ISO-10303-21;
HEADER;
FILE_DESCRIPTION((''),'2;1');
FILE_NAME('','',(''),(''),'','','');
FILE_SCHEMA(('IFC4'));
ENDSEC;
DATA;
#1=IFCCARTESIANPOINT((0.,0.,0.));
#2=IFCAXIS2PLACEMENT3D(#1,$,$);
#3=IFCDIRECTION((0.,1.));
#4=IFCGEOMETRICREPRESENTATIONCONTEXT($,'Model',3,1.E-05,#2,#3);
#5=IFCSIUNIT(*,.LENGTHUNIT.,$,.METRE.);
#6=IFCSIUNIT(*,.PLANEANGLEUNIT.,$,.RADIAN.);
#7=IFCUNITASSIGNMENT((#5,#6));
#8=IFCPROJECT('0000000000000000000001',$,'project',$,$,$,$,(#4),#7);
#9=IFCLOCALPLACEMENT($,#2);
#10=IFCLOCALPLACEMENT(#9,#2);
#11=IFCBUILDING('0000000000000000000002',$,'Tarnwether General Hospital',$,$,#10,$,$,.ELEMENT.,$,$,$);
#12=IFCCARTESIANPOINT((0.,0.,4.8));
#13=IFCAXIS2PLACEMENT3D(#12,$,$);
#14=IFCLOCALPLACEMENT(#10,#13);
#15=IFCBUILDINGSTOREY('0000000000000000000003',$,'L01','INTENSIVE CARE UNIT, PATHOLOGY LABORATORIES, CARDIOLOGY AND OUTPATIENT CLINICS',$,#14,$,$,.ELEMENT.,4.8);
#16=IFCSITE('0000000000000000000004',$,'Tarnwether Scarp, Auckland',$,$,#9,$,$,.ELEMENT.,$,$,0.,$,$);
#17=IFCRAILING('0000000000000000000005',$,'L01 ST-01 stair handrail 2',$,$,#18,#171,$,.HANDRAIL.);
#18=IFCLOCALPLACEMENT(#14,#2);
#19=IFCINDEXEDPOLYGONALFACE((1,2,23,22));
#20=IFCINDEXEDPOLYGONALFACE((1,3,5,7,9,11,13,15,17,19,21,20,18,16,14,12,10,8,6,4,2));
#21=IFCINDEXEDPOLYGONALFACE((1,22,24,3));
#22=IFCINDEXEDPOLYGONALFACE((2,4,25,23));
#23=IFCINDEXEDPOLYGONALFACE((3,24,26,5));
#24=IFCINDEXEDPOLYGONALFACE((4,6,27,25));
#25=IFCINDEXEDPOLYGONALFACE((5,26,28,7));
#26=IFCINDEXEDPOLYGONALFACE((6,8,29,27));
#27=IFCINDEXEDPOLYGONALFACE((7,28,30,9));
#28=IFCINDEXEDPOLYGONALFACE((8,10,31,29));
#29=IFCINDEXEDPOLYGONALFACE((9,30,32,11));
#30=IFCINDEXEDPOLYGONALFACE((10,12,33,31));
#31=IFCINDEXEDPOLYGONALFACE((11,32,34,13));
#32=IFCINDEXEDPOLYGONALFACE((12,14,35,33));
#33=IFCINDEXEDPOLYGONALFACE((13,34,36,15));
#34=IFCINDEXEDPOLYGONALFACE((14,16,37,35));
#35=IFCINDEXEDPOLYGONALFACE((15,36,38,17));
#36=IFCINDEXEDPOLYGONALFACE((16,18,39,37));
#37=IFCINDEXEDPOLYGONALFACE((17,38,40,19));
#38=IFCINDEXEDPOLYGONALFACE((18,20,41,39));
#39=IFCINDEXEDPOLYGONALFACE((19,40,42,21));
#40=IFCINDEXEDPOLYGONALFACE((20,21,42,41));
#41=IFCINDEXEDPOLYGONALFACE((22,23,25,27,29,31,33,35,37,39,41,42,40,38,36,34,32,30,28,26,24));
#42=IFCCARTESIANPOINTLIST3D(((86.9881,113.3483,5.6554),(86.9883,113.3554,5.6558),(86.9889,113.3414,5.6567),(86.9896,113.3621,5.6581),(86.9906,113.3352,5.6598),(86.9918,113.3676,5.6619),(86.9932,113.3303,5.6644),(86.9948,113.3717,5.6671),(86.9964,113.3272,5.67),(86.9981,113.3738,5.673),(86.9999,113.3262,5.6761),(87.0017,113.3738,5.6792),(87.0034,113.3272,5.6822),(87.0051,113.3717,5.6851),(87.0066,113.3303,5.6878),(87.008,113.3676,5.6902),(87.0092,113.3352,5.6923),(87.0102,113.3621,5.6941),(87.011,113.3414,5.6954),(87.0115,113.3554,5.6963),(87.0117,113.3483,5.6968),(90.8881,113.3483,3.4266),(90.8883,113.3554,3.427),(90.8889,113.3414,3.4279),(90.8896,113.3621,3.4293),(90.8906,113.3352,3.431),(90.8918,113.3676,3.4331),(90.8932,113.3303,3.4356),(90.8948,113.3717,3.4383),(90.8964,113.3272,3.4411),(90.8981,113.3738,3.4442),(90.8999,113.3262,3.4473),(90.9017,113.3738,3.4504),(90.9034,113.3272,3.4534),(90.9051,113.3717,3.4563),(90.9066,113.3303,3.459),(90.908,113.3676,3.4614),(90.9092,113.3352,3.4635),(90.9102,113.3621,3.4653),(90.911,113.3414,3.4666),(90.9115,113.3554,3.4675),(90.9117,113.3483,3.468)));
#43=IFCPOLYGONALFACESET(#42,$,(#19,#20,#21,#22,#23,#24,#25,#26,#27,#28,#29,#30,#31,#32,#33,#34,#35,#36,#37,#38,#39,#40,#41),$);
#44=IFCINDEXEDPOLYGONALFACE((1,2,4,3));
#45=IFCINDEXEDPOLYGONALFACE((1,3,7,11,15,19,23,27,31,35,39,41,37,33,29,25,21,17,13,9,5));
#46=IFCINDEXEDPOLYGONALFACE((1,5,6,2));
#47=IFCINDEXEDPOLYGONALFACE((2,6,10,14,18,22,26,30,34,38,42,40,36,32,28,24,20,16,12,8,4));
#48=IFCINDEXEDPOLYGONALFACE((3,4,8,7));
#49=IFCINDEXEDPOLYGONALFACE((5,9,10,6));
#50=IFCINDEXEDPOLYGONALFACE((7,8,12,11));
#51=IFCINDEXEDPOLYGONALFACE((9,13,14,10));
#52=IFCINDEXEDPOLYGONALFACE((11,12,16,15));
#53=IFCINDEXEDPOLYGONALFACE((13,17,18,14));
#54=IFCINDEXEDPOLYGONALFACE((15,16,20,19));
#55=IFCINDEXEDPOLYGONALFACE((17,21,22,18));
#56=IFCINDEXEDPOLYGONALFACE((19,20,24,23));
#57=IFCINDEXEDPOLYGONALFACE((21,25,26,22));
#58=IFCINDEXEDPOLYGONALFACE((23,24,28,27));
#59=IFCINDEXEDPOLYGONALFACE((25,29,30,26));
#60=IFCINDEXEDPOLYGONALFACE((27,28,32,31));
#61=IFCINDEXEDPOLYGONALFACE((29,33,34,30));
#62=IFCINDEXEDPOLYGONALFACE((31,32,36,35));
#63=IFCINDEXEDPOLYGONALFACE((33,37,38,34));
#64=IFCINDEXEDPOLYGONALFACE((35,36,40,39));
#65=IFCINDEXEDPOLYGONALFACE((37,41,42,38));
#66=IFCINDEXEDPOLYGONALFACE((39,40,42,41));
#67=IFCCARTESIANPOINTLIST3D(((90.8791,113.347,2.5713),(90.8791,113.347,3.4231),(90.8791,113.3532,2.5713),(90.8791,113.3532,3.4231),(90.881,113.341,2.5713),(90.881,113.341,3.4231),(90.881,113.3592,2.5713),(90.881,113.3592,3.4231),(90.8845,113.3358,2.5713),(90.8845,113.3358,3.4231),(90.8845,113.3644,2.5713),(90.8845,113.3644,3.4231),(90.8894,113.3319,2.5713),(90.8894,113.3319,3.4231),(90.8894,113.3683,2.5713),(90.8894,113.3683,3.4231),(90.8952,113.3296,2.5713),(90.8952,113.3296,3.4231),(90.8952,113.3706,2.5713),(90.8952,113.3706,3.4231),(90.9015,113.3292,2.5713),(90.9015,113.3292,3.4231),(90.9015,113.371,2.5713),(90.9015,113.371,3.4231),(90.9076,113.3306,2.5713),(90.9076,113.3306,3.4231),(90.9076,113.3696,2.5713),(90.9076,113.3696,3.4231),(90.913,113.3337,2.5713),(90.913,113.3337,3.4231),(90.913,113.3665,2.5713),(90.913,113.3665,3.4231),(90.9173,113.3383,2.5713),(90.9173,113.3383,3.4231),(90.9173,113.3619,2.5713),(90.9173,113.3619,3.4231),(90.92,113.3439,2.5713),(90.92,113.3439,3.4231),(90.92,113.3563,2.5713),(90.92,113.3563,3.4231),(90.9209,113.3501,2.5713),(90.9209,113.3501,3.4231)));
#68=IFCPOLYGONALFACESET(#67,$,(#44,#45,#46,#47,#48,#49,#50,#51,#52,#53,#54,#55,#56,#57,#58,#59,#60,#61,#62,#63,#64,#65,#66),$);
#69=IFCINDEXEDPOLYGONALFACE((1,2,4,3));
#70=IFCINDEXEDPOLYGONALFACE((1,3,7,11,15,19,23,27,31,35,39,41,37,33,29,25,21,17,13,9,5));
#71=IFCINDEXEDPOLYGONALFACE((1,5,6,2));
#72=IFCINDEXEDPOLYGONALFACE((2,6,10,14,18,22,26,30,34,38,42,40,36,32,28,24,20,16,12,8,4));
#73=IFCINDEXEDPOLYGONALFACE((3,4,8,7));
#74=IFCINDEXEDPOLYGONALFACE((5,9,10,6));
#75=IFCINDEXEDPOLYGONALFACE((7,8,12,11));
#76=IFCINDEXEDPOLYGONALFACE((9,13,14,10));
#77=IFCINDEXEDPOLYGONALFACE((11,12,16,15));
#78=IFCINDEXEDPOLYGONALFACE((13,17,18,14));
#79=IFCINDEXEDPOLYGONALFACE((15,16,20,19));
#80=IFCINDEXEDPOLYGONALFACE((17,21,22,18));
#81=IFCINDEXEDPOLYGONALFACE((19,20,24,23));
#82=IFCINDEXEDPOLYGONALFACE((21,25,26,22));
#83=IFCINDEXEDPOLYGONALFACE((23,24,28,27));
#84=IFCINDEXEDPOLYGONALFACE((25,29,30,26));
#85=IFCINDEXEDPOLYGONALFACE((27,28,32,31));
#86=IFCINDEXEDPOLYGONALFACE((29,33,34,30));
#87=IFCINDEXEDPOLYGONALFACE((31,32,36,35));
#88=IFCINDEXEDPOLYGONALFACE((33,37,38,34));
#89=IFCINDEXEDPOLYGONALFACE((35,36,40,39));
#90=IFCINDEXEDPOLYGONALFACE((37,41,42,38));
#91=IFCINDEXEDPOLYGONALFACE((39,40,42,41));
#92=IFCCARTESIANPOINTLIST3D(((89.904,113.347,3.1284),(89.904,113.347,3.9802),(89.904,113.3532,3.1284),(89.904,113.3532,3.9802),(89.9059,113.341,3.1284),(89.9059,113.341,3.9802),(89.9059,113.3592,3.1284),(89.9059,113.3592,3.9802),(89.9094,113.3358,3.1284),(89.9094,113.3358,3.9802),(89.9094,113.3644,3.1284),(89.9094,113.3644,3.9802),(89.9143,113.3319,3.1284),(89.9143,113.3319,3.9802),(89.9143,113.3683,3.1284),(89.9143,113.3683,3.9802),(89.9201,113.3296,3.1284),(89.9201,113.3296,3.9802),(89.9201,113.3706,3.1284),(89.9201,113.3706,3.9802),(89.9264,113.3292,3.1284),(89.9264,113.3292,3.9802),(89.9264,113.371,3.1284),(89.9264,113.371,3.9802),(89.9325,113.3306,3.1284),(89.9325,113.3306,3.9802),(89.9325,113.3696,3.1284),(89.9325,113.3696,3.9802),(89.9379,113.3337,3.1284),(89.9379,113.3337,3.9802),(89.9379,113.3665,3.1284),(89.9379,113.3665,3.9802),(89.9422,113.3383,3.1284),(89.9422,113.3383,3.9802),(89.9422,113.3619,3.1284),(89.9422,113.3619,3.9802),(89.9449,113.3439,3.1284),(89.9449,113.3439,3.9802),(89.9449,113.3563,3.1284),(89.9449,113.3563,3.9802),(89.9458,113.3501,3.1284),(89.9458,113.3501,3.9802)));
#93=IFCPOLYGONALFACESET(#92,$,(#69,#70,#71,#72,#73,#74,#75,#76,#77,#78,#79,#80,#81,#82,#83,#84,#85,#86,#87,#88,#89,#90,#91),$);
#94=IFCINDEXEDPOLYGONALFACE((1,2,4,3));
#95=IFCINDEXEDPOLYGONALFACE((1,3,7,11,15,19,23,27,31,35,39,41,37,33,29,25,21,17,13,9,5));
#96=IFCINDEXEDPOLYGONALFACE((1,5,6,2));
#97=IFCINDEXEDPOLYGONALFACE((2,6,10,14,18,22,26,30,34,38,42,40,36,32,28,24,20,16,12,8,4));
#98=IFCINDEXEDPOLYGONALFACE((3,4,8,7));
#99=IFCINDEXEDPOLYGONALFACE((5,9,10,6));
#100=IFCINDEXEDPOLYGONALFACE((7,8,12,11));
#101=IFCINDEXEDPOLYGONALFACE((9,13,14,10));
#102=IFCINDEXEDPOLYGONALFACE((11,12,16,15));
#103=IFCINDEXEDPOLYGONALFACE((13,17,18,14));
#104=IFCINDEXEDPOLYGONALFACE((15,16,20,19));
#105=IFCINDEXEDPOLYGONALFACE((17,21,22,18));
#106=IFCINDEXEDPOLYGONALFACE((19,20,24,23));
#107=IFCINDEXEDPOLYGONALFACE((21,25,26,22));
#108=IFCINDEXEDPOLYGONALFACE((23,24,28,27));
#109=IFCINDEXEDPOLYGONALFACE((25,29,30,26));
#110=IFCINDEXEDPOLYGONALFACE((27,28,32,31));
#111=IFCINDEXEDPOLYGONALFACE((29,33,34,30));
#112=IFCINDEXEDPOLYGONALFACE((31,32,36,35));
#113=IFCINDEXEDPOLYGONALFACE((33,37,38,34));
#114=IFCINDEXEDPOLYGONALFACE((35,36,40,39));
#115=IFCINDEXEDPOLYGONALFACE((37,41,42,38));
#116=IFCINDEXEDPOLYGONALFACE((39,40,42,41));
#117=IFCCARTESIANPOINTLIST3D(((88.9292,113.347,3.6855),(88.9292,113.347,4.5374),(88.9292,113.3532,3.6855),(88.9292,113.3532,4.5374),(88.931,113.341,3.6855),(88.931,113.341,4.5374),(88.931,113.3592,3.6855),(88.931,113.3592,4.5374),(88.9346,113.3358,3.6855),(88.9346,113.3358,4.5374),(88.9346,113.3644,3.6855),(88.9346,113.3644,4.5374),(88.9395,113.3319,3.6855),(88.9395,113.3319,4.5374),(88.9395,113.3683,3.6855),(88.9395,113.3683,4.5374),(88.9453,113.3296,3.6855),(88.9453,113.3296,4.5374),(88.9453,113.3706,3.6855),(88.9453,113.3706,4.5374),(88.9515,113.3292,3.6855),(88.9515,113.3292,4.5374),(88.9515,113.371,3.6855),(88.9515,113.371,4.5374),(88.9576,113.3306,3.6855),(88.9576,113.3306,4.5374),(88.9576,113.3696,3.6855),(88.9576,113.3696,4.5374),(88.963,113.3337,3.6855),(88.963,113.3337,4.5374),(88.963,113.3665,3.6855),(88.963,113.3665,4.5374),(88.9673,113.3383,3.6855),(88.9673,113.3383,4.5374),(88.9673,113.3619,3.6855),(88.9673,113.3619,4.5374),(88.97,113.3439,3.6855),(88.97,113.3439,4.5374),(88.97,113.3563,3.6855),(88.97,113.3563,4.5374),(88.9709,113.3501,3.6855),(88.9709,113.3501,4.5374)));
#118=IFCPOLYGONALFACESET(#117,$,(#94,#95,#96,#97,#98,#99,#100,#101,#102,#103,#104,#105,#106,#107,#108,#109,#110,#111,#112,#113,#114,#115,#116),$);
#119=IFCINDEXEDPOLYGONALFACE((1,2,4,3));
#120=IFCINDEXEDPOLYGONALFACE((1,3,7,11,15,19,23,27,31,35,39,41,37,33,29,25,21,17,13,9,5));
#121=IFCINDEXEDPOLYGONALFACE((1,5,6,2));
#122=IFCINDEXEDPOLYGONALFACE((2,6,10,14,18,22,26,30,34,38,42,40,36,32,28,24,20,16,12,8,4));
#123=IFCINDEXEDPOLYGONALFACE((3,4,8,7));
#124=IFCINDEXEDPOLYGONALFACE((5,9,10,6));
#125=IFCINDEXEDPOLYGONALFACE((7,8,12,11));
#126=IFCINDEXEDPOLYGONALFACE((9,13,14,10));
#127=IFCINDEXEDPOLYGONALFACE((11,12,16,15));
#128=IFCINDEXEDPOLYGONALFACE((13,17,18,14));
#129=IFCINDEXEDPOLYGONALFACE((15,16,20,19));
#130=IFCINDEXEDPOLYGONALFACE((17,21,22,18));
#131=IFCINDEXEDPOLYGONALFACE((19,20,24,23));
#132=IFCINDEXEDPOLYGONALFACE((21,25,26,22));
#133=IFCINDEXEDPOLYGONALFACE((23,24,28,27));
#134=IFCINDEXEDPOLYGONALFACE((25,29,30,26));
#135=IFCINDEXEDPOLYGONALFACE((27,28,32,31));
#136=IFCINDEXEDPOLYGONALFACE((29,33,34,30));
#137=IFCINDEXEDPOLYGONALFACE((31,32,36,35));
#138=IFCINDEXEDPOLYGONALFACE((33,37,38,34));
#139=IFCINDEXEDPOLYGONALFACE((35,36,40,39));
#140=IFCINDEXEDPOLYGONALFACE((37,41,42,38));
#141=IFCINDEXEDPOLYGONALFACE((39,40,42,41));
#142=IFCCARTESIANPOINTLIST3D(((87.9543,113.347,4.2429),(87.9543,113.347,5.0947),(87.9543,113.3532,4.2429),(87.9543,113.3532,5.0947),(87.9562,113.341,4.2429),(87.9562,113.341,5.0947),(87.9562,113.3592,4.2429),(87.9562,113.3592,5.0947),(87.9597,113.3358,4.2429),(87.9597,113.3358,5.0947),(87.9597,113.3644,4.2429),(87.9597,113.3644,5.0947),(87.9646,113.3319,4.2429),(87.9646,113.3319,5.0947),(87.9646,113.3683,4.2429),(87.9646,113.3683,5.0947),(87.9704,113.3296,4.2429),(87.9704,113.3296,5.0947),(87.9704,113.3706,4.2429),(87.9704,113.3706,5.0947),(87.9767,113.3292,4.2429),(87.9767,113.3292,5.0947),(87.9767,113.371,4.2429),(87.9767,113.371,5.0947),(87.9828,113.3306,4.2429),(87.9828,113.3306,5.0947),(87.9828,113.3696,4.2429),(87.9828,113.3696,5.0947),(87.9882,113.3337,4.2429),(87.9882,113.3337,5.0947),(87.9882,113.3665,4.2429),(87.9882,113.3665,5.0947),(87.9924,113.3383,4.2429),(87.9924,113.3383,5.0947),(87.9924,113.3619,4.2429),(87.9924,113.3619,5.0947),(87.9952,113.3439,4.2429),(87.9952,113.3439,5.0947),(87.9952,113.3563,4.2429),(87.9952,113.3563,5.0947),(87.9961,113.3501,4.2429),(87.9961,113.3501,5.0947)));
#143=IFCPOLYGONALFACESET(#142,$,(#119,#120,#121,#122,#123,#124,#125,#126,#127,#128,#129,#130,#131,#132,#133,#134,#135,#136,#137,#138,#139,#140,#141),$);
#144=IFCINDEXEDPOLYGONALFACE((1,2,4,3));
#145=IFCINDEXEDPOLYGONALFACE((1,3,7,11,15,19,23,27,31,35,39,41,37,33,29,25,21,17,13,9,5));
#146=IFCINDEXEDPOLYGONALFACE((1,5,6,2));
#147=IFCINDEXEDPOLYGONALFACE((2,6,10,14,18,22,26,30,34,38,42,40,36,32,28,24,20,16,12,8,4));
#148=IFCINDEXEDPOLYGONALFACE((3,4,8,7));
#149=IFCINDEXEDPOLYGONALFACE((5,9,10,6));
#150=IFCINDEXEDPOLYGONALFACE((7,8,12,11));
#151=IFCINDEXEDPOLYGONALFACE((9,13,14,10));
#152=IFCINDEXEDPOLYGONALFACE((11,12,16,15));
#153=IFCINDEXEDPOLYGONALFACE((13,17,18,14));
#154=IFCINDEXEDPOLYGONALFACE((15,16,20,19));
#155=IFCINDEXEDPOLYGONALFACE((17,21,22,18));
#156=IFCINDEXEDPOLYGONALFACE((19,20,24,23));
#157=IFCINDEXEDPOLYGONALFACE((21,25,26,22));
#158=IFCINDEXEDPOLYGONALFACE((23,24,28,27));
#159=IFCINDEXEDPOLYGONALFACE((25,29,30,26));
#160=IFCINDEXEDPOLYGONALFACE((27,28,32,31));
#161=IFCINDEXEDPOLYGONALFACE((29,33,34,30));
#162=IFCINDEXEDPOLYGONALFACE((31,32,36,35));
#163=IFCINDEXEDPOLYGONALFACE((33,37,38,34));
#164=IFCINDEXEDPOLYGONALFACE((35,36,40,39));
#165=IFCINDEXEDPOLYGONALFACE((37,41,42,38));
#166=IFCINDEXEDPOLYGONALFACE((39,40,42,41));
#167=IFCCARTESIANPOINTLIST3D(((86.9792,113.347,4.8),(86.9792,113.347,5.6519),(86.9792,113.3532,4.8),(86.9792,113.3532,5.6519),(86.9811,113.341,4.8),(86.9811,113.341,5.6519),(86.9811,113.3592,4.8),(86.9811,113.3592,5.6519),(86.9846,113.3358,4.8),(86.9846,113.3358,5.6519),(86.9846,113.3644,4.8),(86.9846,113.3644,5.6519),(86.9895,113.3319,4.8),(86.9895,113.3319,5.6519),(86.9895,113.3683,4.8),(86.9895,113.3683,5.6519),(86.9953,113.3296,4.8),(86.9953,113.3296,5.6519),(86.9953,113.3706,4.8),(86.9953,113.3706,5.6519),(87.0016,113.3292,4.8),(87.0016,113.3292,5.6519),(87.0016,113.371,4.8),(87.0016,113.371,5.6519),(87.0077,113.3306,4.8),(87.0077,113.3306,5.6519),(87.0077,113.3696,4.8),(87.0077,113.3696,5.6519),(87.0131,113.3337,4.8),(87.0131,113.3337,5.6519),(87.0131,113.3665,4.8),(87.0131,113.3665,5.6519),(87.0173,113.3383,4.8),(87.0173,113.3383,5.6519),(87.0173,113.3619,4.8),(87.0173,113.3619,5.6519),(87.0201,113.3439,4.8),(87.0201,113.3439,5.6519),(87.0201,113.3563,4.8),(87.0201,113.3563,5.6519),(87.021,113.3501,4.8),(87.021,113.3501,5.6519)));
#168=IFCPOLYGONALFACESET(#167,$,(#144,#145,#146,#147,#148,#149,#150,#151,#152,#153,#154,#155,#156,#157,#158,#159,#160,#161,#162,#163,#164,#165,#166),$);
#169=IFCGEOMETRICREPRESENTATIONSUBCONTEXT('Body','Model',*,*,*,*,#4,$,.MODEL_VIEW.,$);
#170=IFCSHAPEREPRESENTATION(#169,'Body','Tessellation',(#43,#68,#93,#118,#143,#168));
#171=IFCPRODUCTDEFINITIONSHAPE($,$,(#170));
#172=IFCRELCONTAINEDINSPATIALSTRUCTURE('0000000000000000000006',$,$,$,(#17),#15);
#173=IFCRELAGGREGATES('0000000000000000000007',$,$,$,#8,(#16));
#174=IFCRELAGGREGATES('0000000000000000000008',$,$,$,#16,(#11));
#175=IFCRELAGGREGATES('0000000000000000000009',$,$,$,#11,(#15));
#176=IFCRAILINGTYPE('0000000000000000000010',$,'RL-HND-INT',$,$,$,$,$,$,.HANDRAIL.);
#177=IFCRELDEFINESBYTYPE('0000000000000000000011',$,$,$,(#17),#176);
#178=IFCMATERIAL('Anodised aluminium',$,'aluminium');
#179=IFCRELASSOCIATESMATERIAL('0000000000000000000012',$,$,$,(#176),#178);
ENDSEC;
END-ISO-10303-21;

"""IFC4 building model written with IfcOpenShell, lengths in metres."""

from ifc_helpers import new_model, si_unit, direction, frame, origin, origin_2d, place, context, subcontext, project, spatial, circle, extrude, material, type_object, element, save


model = new_model("IFC4")

# Units and contexts
model_context = context("Model", 3, precision=1e-05, world=origin(), true_north=direction((0.0, 1.0)))
body_context = subcontext(model_context, "Body", "Model", "MODEL_VIEW")
ifc_project = project(units=[si_unit("LENGTHUNIT", "METRE"), si_unit("PLANEANGLEUNIT", "RADIAN")], contexts=[model_context])

# Site, building, storey
site_placement = place(None, origin())
site = spatial("IfcSite", under=ifc_project, at=site_placement, Name="Tarnwether Scarp, Auckland", CompositionType="ELEMENT", RefElevation=0.0)
building_placement = place(site_placement, origin())
building = spatial("IfcBuilding", under=site, at=building_placement, Name="Tarnwether General Hospital", CompositionType="ELEMENT")
storey_placement = place(building_placement, frame((0.0, 0.0, 4.8)))
storey = spatial("IfcBuildingStorey", under=building, at=storey_placement, Name="L01", Description="INTENSIVE CARE UNIT, PATHOLOGY LABORATORIES, CARDIOLOGY AND OUTPATIENT CLINICS", CompositionType="ELEMENT", Elevation=4.8)

# Railing
ifc_material_1 = material(Name="Anodised aluminium", Category="aluminium")
railing_type_1 = type_object("IfcRailingType", Name="RL-HND-INT", PredefinedType="HANDRAIL", material=ifc_material_1)
railing_1_placement = place(storey_placement, frame((90.8999, 113.3501, 2.5713)))
element("IfcRailing", 1, at=railing_1_placement, inside=storey, type_object=railing_type_1, Name="L01 ST-01 stair handrail 2", PredefinedType="HANDRAIL", context=body_context, shape_type="SweptSolid", body=[
    extrude(circle(Radius=0.0239, at=origin_2d()), frame((0.0, 0.0, 0.876), z_axis=(-0.86822, 0.0, 0.49618), x_axis=(0.0, -1.0, 0.0)), (0.0, 0.0, 1.0), 4.4919),
    extrude(circle(Radius=0.021, at=origin_2d()), origin(), (0.0, 0.0, 1.0), 0.8518),
    extrude(circle(Radius=0.021, at=origin_2d()), frame((-0.9751, 0.0, 0.5571)), (0.0, 0.0, 1.0), 0.8518),
    extrude(circle(Radius=0.021, at=origin_2d()), frame((-1.95, 0.0, 1.1143)), (0.0, 0.0, 1.0), 0.8518),
    extrude(circle(Radius=0.021, at=origin_2d()), frame((-2.9248, 0.0, 1.6716)), (0.0, 0.0, 1.0), 0.8518),
    extrude(circle(Radius=0.021, at=origin_2d()), frame((-3.8999, 0.0, 2.2288)), (0.0, 0.0, 1.0), 0.8518),
])

save(model, "model.ifc")
